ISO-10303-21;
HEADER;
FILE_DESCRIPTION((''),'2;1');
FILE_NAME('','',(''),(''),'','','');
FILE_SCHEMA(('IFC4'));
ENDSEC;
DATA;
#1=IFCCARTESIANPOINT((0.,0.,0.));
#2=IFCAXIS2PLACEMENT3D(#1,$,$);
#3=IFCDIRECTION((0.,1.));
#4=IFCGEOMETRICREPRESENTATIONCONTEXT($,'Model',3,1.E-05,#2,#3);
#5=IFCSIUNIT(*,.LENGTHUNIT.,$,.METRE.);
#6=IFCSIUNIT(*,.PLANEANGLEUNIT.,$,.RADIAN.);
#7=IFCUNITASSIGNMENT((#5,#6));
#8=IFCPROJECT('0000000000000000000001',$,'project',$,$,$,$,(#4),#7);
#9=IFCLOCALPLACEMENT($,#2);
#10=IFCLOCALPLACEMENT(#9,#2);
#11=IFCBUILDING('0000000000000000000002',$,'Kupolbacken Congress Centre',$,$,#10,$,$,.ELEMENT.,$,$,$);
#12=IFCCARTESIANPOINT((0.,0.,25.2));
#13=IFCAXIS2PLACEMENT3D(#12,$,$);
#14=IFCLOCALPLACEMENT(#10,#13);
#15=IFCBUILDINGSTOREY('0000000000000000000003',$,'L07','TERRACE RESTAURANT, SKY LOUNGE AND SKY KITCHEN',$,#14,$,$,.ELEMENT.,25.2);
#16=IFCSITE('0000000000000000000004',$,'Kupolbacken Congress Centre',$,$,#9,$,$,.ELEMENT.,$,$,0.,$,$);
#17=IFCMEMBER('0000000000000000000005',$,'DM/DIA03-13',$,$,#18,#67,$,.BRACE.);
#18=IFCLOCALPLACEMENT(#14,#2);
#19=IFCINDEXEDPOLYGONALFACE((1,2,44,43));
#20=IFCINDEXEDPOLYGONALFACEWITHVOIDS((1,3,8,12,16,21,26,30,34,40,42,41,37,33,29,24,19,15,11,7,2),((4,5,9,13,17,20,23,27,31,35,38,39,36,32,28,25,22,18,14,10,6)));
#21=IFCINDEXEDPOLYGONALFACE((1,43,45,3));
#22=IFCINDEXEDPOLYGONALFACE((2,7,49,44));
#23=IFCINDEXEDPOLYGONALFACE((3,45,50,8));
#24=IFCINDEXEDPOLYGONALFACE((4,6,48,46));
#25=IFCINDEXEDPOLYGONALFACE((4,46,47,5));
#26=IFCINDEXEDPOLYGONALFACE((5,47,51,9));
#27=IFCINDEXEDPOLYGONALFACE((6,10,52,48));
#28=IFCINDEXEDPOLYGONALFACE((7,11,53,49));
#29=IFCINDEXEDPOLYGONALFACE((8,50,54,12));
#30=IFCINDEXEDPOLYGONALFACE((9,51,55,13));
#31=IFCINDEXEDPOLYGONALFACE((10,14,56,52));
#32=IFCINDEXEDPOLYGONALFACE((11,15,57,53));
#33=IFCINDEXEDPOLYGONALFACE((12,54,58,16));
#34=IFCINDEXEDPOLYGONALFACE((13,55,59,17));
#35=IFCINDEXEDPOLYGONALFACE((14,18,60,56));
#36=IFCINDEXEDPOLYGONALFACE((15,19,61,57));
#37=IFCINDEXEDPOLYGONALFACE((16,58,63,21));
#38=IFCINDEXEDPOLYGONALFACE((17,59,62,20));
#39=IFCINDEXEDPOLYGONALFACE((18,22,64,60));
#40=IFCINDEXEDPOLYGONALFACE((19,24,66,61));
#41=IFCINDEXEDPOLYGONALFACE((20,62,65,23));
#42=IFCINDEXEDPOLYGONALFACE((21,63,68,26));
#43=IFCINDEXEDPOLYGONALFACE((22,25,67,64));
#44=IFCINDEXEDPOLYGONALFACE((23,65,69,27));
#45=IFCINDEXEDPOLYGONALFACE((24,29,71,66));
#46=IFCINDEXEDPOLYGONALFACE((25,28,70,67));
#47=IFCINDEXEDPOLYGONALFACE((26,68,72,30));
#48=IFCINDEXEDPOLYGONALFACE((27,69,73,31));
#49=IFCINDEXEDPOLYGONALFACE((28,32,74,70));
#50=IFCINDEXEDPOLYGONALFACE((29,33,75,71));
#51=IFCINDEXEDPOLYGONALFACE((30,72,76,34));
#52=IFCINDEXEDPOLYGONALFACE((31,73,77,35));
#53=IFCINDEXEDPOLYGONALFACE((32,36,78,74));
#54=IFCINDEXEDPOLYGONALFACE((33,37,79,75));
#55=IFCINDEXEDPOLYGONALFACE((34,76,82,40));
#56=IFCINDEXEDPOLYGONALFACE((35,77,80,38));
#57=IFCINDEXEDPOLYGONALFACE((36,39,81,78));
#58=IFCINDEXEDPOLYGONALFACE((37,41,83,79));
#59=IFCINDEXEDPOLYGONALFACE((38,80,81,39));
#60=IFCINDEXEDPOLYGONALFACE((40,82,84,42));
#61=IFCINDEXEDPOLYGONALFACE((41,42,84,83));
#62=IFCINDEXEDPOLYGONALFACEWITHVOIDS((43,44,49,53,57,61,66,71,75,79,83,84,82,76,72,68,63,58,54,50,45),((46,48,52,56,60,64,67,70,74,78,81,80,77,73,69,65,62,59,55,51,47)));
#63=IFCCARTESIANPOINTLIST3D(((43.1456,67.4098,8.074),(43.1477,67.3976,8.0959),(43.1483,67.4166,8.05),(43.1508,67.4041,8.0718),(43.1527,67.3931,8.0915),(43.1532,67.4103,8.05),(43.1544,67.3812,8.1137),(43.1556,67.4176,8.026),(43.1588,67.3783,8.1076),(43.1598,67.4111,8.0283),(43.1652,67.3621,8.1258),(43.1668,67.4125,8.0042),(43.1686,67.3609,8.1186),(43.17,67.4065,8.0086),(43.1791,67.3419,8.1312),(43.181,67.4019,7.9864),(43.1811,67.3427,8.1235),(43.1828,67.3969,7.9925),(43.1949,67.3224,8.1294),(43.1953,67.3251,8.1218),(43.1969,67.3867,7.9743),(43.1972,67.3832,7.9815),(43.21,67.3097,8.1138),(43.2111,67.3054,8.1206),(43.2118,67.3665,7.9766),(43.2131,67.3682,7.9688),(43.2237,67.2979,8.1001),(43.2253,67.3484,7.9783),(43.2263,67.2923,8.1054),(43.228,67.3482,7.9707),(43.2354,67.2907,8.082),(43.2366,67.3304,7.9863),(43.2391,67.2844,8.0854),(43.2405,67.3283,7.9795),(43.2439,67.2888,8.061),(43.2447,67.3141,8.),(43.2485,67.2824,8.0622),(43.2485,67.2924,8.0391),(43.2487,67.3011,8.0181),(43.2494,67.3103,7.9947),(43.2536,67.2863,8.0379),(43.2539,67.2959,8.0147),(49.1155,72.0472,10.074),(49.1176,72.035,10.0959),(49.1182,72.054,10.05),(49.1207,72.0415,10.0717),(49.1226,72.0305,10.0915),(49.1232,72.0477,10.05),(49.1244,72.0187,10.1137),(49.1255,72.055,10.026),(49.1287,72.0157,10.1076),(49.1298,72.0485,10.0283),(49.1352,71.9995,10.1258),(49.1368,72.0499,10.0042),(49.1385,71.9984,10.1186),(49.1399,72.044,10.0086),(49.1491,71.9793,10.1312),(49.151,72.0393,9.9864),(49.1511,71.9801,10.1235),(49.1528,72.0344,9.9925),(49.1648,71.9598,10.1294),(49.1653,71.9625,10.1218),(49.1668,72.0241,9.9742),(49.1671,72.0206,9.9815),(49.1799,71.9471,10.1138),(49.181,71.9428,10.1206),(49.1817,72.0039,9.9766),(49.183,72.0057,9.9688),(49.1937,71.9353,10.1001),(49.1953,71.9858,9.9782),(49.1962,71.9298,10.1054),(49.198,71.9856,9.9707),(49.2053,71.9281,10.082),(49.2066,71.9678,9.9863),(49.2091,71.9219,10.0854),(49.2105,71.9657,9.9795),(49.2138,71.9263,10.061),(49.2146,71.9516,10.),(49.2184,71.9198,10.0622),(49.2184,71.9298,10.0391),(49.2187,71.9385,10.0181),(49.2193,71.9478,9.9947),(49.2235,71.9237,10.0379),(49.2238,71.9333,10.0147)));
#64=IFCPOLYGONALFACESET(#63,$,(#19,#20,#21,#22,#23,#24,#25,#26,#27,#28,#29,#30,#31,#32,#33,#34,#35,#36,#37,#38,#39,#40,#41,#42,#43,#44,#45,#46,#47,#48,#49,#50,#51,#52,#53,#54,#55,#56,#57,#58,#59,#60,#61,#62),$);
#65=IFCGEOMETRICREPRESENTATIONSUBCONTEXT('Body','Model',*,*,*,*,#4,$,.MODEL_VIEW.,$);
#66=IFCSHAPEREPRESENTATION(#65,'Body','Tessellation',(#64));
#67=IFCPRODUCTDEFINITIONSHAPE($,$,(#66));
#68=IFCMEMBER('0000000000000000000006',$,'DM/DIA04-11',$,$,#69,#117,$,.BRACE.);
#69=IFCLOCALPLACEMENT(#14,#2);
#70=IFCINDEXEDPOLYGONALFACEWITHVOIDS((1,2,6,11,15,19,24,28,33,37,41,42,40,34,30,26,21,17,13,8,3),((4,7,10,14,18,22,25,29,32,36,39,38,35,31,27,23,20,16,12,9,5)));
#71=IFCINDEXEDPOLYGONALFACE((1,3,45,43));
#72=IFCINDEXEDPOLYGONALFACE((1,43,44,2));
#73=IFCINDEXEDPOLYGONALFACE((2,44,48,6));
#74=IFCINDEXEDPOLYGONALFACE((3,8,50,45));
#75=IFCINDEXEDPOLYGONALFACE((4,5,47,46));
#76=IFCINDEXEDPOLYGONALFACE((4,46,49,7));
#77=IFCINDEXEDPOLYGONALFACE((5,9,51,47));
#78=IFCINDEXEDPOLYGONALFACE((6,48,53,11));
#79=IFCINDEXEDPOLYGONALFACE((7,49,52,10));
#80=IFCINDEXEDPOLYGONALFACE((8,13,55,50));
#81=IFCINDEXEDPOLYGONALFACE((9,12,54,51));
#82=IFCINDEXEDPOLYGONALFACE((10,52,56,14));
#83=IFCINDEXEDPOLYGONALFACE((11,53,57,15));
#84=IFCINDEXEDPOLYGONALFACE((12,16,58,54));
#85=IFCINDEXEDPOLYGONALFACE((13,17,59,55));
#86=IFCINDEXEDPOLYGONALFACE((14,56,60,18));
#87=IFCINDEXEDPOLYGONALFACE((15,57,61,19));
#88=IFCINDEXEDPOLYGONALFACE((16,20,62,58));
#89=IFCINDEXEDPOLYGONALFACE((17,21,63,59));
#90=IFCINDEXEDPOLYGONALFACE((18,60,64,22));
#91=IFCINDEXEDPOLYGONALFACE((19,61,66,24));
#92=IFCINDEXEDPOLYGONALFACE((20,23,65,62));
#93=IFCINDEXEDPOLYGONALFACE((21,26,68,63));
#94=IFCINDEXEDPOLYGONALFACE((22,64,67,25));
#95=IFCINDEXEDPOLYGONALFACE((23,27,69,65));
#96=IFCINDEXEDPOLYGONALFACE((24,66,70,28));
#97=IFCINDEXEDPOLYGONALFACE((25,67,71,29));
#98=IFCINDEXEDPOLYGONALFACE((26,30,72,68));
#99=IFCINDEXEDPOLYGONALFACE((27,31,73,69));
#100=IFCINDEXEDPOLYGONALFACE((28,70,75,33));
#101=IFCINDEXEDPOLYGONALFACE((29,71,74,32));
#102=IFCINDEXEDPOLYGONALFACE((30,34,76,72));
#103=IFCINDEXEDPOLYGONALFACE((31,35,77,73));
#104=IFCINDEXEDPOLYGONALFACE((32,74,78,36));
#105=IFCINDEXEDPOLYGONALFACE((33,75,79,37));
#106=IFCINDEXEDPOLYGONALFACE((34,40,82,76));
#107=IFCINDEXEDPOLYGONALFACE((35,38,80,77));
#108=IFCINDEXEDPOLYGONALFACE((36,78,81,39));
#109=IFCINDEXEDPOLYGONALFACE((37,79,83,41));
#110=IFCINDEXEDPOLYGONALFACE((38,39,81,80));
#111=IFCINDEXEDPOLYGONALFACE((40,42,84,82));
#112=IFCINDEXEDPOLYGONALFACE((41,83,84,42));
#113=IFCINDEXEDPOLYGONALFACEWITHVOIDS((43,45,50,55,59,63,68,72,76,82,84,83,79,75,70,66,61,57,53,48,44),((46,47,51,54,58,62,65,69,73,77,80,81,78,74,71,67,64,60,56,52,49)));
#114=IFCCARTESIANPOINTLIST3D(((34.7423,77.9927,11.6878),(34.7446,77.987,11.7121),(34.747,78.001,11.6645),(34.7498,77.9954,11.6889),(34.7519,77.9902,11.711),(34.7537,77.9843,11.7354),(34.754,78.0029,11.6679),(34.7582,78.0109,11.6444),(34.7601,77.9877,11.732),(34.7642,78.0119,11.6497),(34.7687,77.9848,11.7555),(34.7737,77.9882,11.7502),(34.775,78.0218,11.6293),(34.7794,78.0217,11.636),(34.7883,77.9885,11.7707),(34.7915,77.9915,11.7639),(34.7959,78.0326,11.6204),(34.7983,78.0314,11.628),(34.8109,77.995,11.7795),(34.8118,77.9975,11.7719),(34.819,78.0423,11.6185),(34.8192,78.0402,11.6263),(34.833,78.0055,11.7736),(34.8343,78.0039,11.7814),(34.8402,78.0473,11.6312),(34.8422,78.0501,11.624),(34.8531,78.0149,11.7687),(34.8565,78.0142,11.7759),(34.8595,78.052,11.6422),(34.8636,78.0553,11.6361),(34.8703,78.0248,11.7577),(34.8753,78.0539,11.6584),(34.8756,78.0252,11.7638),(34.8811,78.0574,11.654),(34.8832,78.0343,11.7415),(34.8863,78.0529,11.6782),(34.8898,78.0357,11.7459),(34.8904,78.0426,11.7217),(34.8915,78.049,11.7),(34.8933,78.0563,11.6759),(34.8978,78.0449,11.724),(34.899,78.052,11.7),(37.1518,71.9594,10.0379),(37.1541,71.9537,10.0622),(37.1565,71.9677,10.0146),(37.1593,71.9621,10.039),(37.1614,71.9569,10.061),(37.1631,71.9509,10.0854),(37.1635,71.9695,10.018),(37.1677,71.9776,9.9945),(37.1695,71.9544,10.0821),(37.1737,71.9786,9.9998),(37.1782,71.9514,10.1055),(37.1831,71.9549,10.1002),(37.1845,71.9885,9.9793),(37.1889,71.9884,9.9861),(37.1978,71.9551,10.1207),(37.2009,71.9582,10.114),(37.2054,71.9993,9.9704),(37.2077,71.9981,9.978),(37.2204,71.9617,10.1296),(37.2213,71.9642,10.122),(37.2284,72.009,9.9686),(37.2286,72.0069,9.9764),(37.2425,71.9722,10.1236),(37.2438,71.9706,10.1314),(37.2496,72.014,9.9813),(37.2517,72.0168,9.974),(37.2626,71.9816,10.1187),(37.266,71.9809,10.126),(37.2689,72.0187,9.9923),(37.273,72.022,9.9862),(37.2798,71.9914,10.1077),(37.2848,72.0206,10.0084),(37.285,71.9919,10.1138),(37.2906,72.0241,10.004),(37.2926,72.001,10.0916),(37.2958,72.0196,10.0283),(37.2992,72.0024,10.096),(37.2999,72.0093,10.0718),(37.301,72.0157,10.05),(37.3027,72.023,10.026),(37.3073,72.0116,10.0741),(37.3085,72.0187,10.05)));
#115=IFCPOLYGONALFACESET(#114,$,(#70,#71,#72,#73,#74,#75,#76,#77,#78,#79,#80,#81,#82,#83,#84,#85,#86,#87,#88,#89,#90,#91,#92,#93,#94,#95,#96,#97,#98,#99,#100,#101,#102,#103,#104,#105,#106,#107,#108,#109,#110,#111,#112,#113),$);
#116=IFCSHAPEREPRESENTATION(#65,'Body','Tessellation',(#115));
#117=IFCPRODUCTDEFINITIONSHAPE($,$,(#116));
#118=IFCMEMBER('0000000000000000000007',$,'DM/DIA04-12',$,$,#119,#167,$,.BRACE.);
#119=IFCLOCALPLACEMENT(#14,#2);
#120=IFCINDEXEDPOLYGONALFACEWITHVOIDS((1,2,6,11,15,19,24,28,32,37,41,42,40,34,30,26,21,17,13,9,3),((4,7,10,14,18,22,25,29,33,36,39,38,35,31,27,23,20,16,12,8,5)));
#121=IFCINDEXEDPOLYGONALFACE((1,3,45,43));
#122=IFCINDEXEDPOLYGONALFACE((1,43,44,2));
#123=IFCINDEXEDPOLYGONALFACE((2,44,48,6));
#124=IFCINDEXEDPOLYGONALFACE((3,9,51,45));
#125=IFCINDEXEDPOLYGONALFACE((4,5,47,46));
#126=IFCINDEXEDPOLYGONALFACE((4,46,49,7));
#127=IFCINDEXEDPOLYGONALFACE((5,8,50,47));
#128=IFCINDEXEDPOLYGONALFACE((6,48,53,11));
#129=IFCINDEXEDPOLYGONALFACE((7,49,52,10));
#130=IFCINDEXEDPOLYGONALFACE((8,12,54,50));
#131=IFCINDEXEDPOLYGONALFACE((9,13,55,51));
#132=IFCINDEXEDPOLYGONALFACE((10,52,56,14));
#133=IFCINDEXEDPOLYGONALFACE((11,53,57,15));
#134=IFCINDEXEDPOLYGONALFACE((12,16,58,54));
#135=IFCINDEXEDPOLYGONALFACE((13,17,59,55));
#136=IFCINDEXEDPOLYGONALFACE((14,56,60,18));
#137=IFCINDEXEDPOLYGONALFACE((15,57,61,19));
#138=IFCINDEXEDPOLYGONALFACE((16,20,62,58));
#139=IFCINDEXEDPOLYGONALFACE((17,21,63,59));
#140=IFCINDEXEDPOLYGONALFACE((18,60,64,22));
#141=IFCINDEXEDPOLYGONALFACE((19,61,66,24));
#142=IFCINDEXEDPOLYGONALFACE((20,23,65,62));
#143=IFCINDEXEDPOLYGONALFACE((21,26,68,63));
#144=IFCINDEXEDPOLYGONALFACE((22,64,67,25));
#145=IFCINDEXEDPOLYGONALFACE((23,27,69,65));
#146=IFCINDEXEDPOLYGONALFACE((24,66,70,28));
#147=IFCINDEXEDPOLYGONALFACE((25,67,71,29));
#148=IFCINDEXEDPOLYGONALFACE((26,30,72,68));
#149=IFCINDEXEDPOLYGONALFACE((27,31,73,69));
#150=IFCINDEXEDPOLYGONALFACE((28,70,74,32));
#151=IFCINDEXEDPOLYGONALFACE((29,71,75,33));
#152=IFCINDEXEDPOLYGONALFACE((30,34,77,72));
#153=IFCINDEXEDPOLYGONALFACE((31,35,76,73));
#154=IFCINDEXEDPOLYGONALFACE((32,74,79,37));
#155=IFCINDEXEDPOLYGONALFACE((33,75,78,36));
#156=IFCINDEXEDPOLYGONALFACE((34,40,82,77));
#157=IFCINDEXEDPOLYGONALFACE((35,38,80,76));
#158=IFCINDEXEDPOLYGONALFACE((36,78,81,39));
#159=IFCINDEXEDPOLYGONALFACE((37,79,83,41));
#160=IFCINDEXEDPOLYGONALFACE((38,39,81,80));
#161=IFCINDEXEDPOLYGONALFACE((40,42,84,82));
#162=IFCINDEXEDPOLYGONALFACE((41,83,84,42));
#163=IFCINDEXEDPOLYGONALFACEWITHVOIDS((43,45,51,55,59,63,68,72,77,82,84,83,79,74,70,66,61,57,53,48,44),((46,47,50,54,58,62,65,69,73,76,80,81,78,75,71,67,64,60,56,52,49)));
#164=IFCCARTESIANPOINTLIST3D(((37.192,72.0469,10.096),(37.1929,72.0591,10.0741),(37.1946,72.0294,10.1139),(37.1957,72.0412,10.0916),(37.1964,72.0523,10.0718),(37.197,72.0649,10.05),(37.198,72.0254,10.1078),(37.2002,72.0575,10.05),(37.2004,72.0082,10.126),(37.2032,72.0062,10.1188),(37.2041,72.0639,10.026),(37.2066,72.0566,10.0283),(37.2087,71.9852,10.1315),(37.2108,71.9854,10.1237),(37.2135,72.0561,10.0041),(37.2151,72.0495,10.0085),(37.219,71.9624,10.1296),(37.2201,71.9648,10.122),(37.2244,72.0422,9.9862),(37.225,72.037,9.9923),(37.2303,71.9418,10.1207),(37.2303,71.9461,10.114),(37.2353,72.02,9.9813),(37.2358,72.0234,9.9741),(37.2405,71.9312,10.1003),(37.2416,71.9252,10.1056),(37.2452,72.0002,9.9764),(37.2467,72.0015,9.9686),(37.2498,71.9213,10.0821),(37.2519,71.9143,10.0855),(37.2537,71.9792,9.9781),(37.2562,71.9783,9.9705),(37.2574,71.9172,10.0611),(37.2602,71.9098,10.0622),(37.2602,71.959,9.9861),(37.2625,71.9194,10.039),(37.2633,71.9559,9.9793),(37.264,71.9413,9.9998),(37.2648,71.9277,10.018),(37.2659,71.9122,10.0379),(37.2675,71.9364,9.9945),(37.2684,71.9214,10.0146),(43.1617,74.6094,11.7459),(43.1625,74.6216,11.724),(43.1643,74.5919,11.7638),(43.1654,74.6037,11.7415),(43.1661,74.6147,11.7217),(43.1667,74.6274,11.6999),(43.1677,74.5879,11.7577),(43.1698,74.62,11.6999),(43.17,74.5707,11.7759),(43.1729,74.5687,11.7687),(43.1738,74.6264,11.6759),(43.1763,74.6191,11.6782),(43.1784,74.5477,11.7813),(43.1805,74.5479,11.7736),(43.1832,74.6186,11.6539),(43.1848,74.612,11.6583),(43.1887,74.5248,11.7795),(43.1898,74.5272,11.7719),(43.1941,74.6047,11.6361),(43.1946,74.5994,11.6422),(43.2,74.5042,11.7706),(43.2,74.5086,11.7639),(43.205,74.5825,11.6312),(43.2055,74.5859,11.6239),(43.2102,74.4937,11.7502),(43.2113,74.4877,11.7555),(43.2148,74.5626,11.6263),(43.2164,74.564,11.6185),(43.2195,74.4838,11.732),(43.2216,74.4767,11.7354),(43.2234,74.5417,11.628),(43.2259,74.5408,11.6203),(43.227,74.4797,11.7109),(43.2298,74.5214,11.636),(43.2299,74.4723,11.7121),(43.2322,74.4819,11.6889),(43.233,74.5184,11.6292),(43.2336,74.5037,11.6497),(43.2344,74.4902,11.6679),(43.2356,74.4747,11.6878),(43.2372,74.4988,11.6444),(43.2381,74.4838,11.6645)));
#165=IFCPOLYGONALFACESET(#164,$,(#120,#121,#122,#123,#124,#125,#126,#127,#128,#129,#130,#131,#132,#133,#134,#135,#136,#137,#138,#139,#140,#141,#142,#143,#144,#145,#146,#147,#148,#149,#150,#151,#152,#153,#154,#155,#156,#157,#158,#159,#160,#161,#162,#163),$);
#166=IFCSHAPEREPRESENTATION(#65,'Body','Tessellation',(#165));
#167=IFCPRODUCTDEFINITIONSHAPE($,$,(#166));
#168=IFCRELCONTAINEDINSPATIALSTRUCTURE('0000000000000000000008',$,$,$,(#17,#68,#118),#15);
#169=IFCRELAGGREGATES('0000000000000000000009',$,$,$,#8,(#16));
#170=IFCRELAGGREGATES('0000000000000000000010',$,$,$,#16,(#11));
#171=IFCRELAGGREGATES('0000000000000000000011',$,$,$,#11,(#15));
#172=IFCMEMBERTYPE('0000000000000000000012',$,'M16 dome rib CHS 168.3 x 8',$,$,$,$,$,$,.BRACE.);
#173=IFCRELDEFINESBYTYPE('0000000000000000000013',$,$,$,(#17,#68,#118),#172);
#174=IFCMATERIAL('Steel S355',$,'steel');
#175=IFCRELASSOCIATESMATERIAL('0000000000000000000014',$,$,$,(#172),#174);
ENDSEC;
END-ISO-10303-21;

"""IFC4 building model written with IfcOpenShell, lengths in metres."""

from ifc_helpers import new_model, si_unit, direction, frame, origin, origin_2d, place, context, subcontext, project, spatial, hollow_circle, extrude, material, material_profile, profile_set, type_object, element, save


model = new_model("IFC4")

# Units and contexts
model_context = context("Model", 3, precision=1e-05, world=origin(), true_north=direction((0.0, 1.0)))
body_context = subcontext(model_context, "Body", "Model", "MODEL_VIEW")
ifc_project = project(units=[si_unit("LENGTHUNIT", "METRE"), si_unit("PLANEANGLEUNIT", "RADIAN")], contexts=[model_context])

# Site, building, storey
site_placement = place(None, origin())
site = spatial("IfcSite", under=ifc_project, at=site_placement, Name="Kupolbacken Congress Centre", CompositionType="ELEMENT", RefElevation=0.0)
building_placement = place(site_placement, origin())
building = spatial("IfcBuilding", under=site, at=building_placement, Name="Kupolbacken Congress Centre", CompositionType="ELEMENT")
storey_placement = place(building_placement, frame((0.0, 0.0, 25.2)))
storey = spatial("IfcBuildingStorey", under=building, at=storey_placement, Name="L07", Description="TERRACE RESTAURANT, SKY LOUNGE AND SKY KITCHEN", CompositionType="ELEMENT", Elevation=25.2)

# Members
ifc_material_1 = material(Name="Steel S355", Category="steel")
ifc_material_profile_1 = material_profile(ifc_material_1, hollow_circle(Radius=0.0842, WallThickness=0.0081, at=origin_2d()), Name="CHS 168.3 x 8")
ifc_profile_set_1 = profile_set([ifc_material_profile_1], Name="Steel S355")
member_type_1 = type_object("IfcMemberType", Name="M16 dome rib CHS 168.3 x 8", PredefinedType="BRACE", material=ifc_profile_set_1)
member_1_placement = place(storey_placement, frame((43.2, 67.3501, 8.05), z_axis=(0.76346, 0.593053, 0.255767), x_axis=(-0.613458, 0.789728, 0.0)))
element("IfcMember", 1, at=member_1_placement, inside=storey, type_object=member_type_1, Name="DM/DIA03-13", PredefinedType="BRACE", context=body_context, shape_type="SweptSolid", body=[
    extrude(hollow_circle(Radius=0.0842, WallThickness=0.0081, at=origin_2d()), origin(), (0.0, 0.0, 1.0), 7.8196),
])
member_2_placement = place(storey_placement, frame((34.8208, 78.0208, 11.7), z_axis=(0.359467, -0.900107, -0.246153), x_axis=(0.928681, 0.370879, 0.0)))
element("IfcMember", 2, at=member_2_placement, inside=storey, type_object=member_type_1, Name="DM/DIA04-11", PredefinedType="BRACE", context=body_context, shape_type="SweptSolid", body=[
    extrude(hollow_circle(Radius=0.0842, WallThickness=0.0081, at=origin_2d()), origin(), (0.0, 0.0, 1.0), 6.7029),
])
member_3_placement = place(storey_placement, frame((37.2302, 71.9875, 10.05), z_axis=(0.890645, 0.382308, 0.246155), x_axis=(-0.394445, 0.918919, 0.0)))
element("IfcMember", 3, at=member_3_placement, inside=storey, type_object=member_type_1, Name="DM/DIA04-12", PredefinedType="BRACE", context=body_context, shape_type="SweptSolid", body=[
    extrude(hollow_circle(Radius=0.0842, WallThickness=0.0081, at=origin_2d()), origin(), (0.0, 0.0, 1.0), 6.7026),
])

save(model, "model.ifc")
